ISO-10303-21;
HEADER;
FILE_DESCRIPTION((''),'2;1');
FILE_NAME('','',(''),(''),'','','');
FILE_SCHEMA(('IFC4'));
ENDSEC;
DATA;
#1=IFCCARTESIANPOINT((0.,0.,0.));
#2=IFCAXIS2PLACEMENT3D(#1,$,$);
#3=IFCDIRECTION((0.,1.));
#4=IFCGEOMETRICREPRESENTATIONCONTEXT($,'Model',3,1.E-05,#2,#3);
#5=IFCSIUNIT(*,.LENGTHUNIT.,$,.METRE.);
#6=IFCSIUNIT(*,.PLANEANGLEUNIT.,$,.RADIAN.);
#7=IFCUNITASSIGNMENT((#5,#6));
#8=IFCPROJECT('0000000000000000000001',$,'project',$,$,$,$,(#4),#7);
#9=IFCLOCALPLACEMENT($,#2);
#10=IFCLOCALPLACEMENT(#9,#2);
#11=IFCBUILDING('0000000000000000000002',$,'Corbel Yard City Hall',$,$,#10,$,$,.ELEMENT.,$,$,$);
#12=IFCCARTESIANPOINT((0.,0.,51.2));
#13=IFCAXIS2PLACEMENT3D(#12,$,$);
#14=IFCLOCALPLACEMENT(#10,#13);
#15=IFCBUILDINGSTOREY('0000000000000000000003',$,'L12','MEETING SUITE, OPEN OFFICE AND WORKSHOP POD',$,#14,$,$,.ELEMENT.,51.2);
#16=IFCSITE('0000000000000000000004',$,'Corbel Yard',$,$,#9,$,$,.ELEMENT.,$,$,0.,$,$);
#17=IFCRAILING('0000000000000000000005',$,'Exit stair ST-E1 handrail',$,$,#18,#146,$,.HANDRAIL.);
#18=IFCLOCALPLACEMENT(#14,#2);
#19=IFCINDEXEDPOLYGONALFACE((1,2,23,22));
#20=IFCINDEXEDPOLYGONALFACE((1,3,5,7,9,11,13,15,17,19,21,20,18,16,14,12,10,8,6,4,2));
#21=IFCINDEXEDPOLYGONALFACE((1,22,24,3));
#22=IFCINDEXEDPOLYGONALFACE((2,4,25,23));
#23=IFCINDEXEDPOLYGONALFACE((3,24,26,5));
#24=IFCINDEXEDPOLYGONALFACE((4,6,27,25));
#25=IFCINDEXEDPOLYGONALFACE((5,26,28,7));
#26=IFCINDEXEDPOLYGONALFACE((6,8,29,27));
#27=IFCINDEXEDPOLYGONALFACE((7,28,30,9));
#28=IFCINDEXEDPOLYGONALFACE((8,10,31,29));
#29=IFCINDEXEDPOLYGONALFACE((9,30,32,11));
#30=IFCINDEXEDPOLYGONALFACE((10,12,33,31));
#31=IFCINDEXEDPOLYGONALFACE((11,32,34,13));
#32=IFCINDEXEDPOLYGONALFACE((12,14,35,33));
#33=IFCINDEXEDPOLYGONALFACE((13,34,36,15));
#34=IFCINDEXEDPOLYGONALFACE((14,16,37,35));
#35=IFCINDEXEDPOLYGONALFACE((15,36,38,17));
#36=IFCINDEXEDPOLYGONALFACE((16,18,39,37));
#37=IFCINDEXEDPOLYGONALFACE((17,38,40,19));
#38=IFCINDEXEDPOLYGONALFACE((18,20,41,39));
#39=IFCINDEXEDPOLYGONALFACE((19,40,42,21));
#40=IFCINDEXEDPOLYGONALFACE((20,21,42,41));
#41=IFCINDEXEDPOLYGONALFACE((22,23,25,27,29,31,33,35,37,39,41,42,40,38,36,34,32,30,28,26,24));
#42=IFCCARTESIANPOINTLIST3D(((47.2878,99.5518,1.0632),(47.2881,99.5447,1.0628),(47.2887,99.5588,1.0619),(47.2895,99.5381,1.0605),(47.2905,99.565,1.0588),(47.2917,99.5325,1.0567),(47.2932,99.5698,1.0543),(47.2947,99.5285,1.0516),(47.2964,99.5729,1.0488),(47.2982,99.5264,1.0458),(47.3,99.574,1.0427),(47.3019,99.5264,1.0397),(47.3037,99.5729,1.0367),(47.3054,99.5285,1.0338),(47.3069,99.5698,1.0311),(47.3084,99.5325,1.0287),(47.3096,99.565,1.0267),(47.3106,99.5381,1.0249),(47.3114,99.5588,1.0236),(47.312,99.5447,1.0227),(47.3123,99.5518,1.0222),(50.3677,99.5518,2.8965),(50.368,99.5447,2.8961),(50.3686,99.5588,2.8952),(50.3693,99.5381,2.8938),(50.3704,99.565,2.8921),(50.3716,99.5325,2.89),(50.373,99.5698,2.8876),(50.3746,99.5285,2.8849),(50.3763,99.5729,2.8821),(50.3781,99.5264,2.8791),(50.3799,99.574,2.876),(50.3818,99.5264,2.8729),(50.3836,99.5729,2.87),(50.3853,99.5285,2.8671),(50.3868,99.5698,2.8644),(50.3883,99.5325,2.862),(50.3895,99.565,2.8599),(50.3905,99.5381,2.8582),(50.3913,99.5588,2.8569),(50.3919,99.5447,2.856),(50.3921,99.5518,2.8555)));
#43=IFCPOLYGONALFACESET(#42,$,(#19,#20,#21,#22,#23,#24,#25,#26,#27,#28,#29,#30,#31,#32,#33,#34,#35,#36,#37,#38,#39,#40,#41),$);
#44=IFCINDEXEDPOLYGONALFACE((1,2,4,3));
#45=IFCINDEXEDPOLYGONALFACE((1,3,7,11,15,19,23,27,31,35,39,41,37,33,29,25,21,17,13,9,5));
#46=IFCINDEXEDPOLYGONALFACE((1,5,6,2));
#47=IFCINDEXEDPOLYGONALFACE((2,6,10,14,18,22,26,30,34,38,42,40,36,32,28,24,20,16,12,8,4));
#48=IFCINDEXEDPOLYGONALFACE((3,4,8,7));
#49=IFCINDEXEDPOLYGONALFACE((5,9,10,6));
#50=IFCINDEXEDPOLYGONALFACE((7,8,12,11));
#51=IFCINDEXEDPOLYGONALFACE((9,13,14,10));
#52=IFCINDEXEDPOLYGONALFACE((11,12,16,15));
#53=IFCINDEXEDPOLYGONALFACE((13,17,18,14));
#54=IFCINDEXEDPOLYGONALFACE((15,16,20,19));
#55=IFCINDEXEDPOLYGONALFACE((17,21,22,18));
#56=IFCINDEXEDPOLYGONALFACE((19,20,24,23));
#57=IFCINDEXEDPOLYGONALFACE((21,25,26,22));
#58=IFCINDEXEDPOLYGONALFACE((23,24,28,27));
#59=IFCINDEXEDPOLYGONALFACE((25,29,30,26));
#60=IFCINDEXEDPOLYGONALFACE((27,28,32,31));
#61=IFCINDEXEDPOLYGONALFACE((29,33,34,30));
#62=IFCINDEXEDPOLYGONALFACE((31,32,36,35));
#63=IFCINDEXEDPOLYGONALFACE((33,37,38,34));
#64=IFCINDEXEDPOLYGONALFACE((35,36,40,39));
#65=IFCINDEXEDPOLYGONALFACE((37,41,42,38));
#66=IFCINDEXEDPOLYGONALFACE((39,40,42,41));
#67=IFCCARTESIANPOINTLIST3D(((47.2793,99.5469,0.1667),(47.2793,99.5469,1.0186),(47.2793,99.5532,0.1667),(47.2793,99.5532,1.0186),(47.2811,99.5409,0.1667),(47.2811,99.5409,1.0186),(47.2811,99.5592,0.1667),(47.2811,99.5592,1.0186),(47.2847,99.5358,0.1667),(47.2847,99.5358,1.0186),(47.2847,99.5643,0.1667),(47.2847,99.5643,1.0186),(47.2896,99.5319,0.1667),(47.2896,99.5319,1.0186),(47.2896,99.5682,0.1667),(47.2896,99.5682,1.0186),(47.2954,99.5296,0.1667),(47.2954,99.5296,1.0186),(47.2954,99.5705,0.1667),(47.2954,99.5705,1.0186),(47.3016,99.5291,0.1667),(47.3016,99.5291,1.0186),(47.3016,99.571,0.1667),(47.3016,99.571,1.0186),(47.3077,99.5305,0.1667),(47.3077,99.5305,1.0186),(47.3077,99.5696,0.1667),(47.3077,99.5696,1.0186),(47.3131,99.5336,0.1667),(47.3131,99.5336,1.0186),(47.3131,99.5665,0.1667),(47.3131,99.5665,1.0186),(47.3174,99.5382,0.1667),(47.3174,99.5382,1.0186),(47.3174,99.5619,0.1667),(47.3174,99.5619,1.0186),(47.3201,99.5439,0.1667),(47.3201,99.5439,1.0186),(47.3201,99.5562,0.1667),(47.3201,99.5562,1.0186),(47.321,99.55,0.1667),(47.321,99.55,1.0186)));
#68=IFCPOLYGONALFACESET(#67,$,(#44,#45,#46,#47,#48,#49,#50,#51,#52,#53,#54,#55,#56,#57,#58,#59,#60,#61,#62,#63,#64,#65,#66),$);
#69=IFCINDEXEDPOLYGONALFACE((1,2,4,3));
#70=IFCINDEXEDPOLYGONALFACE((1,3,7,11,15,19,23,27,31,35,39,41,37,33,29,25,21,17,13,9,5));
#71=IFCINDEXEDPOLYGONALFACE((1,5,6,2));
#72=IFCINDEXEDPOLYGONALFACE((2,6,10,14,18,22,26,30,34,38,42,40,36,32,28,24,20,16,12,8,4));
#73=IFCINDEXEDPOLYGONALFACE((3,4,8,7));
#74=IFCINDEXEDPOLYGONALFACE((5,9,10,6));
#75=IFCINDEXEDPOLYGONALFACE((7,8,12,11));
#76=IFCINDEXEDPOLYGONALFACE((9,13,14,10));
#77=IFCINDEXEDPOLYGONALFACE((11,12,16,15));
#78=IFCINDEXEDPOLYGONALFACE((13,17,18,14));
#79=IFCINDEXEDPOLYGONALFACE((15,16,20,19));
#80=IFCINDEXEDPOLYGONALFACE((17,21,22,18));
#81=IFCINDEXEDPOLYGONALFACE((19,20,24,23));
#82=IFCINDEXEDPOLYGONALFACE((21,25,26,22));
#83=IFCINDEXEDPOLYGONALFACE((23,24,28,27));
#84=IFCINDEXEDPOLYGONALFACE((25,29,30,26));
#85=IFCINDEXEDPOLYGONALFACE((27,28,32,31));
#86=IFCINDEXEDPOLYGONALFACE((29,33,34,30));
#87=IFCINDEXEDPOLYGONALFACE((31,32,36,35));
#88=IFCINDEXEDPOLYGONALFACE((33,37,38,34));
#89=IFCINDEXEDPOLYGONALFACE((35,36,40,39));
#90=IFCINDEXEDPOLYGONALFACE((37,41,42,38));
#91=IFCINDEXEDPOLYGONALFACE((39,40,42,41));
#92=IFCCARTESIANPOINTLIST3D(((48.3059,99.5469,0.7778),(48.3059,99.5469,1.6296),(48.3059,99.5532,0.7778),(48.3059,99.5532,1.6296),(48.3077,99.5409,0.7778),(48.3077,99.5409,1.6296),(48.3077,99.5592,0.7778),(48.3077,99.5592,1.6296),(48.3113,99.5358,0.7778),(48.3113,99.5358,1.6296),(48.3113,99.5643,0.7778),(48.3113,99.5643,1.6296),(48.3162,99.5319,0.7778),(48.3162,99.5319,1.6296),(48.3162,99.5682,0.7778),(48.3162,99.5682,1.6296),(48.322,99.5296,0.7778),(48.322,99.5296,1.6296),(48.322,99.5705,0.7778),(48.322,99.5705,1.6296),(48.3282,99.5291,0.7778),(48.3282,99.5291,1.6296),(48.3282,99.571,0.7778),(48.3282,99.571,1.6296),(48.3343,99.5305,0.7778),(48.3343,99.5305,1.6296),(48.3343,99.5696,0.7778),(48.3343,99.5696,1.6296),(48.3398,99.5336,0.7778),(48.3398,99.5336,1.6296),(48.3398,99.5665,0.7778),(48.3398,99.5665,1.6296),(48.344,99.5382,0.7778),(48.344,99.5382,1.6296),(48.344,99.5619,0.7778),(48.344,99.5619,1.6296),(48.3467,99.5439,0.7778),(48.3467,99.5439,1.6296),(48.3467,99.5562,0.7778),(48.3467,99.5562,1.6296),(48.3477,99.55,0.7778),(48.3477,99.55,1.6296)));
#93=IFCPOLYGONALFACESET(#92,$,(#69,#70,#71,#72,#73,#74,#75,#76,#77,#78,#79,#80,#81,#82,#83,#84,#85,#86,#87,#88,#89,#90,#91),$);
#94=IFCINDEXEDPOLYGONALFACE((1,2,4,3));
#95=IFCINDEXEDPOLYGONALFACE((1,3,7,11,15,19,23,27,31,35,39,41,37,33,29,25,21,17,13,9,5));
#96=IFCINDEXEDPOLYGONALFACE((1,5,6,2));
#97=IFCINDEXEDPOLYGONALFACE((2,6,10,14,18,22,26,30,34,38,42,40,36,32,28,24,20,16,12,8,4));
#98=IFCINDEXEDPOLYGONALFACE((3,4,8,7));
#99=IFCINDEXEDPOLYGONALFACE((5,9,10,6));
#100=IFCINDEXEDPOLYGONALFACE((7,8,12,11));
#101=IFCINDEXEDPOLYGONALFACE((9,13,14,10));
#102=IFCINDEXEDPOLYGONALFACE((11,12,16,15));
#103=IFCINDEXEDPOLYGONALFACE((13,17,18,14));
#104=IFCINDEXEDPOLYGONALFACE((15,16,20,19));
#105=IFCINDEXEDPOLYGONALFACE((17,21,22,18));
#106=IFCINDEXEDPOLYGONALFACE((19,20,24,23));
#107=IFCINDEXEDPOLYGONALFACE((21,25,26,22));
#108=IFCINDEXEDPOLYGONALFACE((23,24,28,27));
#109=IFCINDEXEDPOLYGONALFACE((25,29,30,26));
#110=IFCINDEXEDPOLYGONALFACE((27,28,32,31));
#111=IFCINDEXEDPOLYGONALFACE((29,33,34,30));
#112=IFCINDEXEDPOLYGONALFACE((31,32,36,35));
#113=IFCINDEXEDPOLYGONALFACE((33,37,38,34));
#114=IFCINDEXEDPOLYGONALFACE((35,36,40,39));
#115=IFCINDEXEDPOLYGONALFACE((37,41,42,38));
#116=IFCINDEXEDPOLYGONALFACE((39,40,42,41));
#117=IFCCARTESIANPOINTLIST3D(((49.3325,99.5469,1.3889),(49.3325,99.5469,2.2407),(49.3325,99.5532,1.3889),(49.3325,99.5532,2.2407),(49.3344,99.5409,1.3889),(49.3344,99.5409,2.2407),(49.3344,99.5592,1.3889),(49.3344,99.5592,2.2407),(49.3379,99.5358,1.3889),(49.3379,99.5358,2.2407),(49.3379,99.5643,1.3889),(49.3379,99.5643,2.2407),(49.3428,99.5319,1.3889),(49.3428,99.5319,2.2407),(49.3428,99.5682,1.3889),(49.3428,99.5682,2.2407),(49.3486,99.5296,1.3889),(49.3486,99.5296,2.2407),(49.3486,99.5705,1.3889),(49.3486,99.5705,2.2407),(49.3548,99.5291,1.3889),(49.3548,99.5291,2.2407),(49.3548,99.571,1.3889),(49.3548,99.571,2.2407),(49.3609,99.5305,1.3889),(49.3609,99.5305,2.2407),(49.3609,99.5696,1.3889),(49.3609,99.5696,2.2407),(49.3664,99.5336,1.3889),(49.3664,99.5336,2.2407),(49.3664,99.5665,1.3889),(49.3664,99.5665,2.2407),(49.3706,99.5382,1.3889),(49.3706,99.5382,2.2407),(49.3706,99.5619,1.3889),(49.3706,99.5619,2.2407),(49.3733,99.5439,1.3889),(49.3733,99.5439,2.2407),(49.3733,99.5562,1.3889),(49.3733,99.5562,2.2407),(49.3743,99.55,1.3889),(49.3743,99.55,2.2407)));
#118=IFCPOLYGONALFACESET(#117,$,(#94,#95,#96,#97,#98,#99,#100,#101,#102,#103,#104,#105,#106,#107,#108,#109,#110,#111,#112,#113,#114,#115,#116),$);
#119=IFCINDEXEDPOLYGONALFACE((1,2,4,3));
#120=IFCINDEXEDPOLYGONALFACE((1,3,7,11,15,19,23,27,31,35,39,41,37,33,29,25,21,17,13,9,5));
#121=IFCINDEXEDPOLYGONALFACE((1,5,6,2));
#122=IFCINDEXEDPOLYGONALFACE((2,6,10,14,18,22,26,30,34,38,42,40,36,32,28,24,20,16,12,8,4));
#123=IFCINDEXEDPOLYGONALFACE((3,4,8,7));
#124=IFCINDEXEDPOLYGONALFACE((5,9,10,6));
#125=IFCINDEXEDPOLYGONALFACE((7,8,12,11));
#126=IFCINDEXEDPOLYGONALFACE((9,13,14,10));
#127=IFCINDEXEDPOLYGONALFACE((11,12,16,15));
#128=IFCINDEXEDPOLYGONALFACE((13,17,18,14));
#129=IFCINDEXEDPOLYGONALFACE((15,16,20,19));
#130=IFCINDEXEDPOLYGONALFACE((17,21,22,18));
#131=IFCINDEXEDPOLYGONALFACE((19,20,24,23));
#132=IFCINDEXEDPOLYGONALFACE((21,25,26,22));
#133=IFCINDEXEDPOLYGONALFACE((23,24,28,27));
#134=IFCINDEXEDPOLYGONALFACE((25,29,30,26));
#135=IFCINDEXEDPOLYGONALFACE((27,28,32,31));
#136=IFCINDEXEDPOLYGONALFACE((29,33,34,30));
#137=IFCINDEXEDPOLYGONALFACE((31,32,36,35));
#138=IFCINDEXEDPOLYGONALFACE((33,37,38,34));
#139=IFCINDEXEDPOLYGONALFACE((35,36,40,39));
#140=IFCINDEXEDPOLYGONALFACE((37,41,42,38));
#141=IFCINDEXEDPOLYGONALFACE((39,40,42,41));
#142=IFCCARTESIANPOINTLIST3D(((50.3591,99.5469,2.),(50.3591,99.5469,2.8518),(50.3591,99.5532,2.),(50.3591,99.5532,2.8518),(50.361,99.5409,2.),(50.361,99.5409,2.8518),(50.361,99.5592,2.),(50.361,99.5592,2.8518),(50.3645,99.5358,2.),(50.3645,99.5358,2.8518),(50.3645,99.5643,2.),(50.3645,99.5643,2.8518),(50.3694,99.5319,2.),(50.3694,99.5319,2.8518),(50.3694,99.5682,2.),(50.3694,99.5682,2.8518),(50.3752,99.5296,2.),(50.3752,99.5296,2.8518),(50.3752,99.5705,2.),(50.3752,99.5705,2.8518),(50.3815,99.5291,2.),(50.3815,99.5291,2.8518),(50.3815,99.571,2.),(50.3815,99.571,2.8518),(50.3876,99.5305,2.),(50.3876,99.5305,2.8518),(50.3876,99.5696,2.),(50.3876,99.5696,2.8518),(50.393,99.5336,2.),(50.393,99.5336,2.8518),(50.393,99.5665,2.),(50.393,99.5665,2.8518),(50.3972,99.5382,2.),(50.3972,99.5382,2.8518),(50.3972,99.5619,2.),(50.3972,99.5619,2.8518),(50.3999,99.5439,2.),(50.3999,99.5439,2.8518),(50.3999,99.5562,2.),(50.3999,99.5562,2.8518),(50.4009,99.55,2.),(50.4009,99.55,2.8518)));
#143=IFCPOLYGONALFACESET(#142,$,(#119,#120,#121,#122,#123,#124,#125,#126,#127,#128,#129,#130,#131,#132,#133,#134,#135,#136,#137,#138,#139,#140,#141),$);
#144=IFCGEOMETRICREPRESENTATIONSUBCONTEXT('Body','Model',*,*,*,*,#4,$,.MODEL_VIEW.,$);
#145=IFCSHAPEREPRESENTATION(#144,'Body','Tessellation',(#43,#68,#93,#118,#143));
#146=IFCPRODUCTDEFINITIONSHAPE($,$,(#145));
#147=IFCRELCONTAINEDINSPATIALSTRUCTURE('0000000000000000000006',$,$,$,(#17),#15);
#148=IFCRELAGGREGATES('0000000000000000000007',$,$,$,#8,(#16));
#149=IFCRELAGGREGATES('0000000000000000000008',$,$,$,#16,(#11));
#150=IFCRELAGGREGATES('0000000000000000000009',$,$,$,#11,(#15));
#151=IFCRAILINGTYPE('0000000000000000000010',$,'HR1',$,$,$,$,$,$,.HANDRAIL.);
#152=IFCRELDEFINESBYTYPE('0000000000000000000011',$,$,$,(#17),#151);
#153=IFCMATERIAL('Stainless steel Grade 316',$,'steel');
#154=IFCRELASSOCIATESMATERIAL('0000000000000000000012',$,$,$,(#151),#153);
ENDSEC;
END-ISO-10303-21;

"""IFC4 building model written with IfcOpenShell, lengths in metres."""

from ifc_helpers import new_model, si_unit, direction, frame, origin, origin_2d, place, context, subcontext, project, spatial, circle, extrude, material, type_object, element, save


model = new_model("IFC4")

# Units and contexts
model_context = context("Model", 3, precision=1e-05, world=origin(), true_north=direction((0.0, 1.0)))
body_context = subcontext(model_context, "Body", "Model", "MODEL_VIEW")
ifc_project = project(units=[si_unit("LENGTHUNIT", "METRE"), si_unit("PLANEANGLEUNIT", "RADIAN")], contexts=[model_context])

# Site, building, storey
site_placement = place(None, origin())
site = spatial("IfcSite", under=ifc_project, at=site_placement, Name="Corbel Yard", CompositionType="ELEMENT", RefElevation=0.0)
building_placement = place(site_placement, origin())
building = spatial("IfcBuilding", under=site, at=building_placement, Name="Corbel Yard City Hall", CompositionType="ELEMENT")
storey_placement = place(building_placement, frame((0.0, 0.0, 51.2)))
storey = spatial("IfcBuildingStorey", under=building, at=storey_placement, Name="L12", Description="MEETING SUITE, OPEN OFFICE AND WORKSHOP POD", CompositionType="ELEMENT", Elevation=51.2)

# Railing
ifc_material_1 = material(Name="Stainless steel Grade 316", Category="steel")
railing_type = type_object("IfcRailingType", Name="HR1", PredefinedType="HANDRAIL", material=ifc_material_1)
for number, where, name in (
    (1, (47.3, 99.55, 0.1667), "Exit stair ST-E1 handrail"),
):
    element("IfcRailing", number, at=place(storey_placement, frame(where)), inside=storey, type_object=railing_type, Name=name, PredefinedType="HANDRAIL", context=body_context, shape_type="SweptSolid", body=[
        extrude(circle(Radius=0.0239, at=origin_2d()), frame((0.0, 0.0, 0.876), z_axis=(0.859291, 0.0, 0.511487), x_axis=(0.0, 1.0, 0.0)), (0.0, 0.0, 1.0), 3.5842),
        extrude(circle(Radius=0.021, at=origin_2d()), origin(), (0.0, 0.0, 1.0), 0.8518),
        extrude(circle(Radius=0.021, at=origin_2d()), frame((1.0266, 0.0, 0.6111)), (0.0, 0.0, 1.0), 0.8518),
        extrude(circle(Radius=0.021, at=origin_2d()), frame((2.0532, 0.0, 1.2222)), (0.0, 0.0, 1.0), 0.8518),
        extrude(circle(Radius=0.021, at=origin_2d()), frame((3.0798, 0.0, 1.8333)), (0.0, 0.0, 1.0), 0.8518),
    ])

save(model, "model.ifc")
